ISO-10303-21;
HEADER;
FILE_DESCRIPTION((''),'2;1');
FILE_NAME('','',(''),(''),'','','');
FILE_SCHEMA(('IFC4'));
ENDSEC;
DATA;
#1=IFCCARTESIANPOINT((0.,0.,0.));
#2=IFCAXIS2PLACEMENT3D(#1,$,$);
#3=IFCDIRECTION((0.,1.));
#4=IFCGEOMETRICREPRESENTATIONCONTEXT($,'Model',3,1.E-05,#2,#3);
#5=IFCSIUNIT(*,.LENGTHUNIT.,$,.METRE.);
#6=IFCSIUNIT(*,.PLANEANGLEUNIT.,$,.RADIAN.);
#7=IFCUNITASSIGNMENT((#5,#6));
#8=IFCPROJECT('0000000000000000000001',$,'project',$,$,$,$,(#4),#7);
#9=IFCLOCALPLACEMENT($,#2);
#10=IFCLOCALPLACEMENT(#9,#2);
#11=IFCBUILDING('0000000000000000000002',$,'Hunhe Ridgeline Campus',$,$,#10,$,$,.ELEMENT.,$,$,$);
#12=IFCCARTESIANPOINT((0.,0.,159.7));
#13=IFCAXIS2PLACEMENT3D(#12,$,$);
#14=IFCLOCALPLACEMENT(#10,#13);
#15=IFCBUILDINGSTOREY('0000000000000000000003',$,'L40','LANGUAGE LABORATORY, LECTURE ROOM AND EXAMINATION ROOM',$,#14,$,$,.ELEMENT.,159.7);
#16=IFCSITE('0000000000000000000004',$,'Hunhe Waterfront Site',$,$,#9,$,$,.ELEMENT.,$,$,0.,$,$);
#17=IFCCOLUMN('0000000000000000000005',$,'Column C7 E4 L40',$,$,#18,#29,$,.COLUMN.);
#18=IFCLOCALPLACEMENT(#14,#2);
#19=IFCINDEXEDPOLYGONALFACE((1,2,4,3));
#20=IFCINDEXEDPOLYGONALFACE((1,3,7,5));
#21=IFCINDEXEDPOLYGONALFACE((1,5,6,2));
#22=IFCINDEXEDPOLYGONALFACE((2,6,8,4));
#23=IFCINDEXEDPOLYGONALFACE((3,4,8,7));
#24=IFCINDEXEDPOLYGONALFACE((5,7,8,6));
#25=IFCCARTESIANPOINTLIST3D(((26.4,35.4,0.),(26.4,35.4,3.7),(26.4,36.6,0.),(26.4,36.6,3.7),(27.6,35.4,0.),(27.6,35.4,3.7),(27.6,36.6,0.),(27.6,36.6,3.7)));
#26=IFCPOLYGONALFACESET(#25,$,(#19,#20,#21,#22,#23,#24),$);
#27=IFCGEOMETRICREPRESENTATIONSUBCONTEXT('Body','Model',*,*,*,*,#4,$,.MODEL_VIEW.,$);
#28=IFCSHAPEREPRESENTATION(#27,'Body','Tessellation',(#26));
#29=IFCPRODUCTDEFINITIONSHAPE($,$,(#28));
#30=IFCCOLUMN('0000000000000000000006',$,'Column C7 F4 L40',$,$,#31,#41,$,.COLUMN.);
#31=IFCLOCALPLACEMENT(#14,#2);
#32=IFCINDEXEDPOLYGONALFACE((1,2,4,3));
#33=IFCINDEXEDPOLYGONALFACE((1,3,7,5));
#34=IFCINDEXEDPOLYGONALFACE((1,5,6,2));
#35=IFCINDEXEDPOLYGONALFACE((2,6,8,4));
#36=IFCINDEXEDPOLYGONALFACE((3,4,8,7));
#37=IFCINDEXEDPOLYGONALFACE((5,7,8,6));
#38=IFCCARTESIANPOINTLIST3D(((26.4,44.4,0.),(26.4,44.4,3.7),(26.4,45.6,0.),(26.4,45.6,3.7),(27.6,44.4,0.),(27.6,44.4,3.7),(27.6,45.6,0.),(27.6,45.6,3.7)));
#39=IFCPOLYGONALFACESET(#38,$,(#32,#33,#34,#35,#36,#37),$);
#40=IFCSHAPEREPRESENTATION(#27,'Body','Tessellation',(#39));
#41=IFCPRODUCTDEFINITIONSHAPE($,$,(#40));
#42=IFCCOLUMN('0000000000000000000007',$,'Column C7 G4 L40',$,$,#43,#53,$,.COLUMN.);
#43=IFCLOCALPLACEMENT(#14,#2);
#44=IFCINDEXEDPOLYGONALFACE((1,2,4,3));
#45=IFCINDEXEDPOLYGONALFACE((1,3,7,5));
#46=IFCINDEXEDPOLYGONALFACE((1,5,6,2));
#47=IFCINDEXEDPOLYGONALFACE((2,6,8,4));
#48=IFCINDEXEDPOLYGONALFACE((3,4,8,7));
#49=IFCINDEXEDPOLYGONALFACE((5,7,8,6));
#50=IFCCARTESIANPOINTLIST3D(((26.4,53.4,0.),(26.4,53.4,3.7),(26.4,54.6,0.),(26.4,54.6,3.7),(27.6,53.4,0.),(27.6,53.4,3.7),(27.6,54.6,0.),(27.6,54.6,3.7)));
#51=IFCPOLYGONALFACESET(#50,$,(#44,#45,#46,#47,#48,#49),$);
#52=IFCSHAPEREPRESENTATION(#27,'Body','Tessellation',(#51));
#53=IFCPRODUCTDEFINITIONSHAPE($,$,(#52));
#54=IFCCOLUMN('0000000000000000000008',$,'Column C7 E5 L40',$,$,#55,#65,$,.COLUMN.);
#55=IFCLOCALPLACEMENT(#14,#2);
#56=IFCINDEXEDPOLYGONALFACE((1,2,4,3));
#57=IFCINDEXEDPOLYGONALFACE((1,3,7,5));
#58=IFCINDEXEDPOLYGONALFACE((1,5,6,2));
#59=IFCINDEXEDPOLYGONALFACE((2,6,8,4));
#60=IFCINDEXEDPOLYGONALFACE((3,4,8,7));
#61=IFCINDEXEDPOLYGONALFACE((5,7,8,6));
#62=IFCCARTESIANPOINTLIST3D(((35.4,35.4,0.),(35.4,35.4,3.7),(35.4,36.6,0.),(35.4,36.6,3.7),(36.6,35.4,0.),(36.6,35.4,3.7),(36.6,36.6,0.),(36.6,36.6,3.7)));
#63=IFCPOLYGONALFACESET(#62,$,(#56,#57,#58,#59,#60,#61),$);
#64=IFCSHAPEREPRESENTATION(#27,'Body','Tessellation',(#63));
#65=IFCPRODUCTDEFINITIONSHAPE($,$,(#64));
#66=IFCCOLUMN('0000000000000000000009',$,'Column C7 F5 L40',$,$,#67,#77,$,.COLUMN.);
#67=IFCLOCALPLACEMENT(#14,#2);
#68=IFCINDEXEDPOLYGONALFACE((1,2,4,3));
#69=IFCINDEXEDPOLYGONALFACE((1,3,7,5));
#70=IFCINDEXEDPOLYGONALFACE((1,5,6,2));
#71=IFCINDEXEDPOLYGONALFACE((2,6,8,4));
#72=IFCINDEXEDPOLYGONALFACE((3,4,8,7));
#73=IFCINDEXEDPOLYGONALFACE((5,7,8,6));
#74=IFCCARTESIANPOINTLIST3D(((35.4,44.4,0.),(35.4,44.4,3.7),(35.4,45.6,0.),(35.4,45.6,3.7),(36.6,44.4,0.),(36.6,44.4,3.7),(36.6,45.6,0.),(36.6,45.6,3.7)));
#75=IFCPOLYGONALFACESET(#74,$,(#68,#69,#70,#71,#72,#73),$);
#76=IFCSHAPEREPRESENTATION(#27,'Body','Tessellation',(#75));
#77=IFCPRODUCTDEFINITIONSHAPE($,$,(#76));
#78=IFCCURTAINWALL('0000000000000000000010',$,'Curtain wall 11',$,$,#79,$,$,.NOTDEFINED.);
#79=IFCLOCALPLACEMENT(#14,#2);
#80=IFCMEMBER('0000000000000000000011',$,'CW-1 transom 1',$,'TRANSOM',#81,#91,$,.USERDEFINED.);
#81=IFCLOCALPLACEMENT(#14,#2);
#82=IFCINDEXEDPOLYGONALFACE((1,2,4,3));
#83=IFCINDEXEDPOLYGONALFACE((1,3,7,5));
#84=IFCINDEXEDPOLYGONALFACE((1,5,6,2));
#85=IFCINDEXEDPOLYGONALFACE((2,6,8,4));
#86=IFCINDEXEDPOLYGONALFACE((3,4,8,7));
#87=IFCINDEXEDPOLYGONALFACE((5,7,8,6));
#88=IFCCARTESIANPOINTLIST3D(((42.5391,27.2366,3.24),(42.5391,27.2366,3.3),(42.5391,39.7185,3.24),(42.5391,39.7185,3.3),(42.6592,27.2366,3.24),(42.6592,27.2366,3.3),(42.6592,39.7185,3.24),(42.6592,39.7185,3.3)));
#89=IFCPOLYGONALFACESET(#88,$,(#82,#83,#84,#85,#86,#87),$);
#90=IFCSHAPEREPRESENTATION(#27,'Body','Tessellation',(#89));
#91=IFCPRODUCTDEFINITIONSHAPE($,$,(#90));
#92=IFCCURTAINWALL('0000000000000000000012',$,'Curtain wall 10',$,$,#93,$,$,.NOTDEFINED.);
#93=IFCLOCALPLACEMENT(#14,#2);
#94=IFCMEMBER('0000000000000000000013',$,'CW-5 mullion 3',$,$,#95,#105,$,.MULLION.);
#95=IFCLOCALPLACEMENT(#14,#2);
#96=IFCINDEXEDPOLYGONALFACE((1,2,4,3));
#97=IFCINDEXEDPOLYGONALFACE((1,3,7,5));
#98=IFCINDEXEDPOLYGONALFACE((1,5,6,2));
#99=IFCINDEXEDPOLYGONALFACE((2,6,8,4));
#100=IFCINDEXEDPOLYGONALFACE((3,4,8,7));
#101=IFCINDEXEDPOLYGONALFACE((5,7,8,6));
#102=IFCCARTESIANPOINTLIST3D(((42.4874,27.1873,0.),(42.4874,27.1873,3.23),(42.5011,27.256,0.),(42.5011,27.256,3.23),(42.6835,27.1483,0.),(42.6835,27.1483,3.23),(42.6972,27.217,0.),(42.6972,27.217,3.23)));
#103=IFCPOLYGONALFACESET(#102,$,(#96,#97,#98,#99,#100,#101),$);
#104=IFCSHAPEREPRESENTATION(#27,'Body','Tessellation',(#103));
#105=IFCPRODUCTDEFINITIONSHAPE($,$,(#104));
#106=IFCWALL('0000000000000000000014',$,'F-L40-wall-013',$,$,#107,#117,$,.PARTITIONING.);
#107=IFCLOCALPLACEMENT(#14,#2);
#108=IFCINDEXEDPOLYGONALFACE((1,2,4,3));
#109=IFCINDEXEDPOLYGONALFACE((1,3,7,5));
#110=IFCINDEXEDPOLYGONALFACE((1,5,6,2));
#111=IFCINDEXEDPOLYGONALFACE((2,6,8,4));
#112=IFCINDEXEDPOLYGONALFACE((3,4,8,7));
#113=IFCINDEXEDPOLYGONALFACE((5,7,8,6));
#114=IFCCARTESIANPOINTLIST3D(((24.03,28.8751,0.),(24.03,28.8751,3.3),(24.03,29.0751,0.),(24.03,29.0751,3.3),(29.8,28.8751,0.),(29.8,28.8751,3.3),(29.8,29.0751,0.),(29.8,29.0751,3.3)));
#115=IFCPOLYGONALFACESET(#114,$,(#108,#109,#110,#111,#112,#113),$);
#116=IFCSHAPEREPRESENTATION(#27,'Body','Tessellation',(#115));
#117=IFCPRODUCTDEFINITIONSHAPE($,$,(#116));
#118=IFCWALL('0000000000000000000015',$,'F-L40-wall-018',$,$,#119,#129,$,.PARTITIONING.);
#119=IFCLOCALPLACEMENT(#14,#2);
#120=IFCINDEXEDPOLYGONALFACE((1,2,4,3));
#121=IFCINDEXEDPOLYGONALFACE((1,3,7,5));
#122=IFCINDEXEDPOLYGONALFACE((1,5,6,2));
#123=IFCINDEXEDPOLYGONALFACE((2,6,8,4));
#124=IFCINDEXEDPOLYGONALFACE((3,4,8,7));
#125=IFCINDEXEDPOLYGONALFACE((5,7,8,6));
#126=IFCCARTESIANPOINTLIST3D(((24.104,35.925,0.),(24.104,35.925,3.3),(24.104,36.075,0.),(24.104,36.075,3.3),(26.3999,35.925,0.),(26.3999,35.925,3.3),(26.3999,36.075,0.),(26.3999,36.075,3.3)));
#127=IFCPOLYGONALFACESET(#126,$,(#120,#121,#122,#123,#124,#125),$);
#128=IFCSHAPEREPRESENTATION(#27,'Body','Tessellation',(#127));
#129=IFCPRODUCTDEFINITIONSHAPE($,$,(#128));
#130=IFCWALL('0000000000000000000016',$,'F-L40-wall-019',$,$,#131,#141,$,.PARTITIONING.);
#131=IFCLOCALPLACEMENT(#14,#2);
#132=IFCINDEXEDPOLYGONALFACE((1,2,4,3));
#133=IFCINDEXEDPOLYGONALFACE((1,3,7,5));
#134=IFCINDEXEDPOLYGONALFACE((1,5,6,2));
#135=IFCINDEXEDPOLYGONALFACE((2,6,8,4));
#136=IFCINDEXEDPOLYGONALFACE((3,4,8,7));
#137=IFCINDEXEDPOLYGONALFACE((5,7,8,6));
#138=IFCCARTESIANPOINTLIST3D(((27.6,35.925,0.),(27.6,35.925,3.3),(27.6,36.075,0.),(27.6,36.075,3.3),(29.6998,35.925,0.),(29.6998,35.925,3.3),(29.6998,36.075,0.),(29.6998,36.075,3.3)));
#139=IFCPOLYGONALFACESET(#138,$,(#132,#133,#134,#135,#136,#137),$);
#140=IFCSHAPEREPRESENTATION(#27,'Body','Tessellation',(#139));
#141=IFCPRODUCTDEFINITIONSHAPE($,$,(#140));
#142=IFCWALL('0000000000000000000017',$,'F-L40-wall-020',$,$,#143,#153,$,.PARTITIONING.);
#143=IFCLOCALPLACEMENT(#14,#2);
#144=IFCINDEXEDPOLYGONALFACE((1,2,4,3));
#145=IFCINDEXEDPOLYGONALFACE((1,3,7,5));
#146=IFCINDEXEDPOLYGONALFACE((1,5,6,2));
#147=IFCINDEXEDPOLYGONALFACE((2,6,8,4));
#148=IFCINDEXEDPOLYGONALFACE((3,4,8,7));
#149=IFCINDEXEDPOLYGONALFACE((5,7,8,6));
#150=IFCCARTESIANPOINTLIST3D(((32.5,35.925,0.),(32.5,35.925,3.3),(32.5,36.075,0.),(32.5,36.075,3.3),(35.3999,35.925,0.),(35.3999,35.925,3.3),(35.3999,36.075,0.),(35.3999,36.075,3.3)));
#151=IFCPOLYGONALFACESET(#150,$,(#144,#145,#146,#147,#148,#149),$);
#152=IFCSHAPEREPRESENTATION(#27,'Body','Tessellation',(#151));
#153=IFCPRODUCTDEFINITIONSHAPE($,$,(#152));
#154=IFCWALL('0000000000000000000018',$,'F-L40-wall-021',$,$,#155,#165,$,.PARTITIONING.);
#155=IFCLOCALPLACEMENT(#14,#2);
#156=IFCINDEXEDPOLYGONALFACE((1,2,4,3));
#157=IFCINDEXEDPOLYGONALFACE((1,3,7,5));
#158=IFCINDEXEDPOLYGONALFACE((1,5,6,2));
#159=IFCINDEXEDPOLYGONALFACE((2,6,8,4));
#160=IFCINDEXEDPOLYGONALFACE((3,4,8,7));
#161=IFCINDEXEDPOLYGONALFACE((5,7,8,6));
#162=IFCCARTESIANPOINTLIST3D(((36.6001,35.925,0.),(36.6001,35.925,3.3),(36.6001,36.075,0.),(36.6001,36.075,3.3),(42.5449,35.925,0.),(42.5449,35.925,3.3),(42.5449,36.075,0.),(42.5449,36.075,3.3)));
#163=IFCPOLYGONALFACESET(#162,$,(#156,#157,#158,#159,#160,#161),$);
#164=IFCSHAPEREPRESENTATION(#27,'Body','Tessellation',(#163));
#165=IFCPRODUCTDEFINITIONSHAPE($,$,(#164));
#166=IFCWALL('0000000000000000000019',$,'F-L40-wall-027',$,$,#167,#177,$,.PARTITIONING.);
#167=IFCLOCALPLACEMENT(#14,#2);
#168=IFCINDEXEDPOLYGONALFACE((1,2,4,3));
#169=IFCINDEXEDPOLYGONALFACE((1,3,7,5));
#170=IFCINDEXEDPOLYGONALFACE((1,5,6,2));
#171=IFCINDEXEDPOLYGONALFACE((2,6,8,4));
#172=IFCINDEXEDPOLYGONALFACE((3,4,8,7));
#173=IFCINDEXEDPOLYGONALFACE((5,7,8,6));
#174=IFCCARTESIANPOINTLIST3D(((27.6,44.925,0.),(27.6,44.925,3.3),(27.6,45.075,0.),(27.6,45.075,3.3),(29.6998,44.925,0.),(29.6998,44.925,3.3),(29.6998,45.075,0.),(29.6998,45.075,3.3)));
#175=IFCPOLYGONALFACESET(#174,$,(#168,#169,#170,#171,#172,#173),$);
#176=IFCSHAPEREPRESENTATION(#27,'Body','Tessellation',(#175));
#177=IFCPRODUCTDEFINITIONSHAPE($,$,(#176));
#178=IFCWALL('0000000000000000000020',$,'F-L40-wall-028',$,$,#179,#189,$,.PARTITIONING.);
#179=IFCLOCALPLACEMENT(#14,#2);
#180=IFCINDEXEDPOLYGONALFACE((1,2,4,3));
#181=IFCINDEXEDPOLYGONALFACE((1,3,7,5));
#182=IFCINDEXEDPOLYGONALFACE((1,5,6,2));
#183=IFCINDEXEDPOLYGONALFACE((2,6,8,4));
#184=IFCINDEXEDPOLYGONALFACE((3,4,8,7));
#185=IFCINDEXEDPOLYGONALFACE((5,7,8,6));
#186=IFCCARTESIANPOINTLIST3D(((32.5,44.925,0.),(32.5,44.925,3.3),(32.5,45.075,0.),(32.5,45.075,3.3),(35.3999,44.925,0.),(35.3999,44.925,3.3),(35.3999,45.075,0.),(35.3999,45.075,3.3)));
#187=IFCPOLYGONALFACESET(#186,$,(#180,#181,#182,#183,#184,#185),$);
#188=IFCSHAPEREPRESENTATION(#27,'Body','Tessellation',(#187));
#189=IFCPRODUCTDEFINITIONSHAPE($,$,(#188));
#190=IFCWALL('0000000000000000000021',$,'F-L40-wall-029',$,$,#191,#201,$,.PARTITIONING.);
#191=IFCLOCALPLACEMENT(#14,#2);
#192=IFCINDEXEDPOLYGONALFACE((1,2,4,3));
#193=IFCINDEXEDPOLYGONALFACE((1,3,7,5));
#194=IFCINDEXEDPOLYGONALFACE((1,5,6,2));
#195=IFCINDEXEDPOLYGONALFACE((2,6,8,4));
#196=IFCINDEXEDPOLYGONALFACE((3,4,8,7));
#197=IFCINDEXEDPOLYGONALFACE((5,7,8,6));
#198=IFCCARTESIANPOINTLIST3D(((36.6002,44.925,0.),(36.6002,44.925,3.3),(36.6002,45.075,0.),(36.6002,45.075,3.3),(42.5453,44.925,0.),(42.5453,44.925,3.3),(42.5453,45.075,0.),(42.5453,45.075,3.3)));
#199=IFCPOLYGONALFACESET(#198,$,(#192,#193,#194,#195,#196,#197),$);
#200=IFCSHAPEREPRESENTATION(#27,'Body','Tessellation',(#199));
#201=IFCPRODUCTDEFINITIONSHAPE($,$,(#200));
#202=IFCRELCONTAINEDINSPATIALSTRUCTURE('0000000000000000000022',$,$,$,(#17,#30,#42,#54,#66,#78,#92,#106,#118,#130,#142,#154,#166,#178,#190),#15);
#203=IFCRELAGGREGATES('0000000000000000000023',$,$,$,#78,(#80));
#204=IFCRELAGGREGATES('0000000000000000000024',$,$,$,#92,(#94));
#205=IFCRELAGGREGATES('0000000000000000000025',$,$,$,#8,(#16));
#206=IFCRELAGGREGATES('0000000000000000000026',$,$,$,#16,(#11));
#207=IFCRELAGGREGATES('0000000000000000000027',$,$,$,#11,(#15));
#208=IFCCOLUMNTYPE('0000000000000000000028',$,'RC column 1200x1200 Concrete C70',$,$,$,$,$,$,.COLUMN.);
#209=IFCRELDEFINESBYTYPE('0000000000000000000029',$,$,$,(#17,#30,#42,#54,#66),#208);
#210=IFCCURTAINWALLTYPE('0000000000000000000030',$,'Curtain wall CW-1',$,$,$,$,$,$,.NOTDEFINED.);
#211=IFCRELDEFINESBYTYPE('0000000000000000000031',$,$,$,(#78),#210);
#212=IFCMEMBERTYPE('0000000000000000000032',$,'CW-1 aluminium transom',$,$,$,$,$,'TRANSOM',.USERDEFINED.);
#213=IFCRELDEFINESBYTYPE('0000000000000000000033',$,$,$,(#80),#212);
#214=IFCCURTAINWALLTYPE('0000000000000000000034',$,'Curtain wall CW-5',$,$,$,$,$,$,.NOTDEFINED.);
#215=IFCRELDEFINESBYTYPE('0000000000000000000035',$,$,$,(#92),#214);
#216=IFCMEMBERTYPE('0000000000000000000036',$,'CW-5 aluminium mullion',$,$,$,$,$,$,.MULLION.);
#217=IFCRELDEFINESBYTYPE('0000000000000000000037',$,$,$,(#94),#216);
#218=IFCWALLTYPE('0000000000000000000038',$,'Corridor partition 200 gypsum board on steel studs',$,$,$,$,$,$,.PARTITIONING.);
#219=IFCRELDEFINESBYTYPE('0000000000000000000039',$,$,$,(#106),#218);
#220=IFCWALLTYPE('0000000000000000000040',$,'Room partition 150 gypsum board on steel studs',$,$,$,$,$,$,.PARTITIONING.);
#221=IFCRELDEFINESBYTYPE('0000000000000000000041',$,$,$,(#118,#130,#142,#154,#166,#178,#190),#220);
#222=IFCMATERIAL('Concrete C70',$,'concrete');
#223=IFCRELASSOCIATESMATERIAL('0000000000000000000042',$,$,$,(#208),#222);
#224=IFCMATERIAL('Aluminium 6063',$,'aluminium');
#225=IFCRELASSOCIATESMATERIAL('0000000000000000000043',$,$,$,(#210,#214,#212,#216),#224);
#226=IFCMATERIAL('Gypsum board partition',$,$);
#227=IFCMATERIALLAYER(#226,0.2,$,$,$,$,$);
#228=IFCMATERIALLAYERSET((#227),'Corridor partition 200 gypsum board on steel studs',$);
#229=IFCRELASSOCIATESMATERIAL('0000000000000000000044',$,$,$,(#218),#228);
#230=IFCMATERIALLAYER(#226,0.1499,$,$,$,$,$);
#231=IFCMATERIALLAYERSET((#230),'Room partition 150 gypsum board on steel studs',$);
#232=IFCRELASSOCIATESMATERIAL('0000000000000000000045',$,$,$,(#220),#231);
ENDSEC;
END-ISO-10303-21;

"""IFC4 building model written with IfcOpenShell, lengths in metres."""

from ifc_helpers import new_model, si_unit, direction, frame, frame_2d, origin, origin_2d, place, context, subcontext, project, spatial, rectangle, extrude, material, layer, layer_set, material_profile, profile_set, type_object, element, aggregate, save


model = new_model("IFC4")

# Units and contexts
model_context = context("Model", 3, precision=1e-05, world=origin(), true_north=direction((0.0, 1.0)))
body_context = subcontext(model_context, "Body", "Model", "MODEL_VIEW")
ifc_project = project(units=[si_unit("LENGTHUNIT", "METRE"), si_unit("PLANEANGLEUNIT", "RADIAN")], contexts=[model_context])

# Site, building, storey
site_placement = place(None, origin())
site = spatial("IfcSite", under=ifc_project, at=site_placement, Name="Hunhe Waterfront Site", CompositionType="ELEMENT", RefElevation=0.0)
building_placement = place(site_placement, origin())
building = spatial("IfcBuilding", under=site, at=building_placement, Name="Hunhe Ridgeline Campus", CompositionType="ELEMENT")
storey_placement = place(building_placement, frame((0.0, 0.0, 159.7)))
storey = spatial("IfcBuildingStorey", under=building, at=storey_placement, Name="L40", Description="LANGUAGE LABORATORY, LECTURE ROOM AND EXAMINATION ROOM", CompositionType="ELEMENT", Elevation=159.7)

# Columns
ifc_material_1 = material(Name="Concrete C70", Category="concrete")
ifc_material_profile_1 = material_profile(ifc_material_1, rectangle(XDim=1.2, YDim=1.2, at=origin_2d()))
ifc_profile_set_1 = profile_set([ifc_material_profile_1], Name="Concrete C70")
column_type = type_object("IfcColumnType", Name="RC column 1200x1200 Concrete C70", PredefinedType="COLUMN", material=ifc_profile_set_1)
for number, where, z_axis, x_axis, name in (
    (1, (27.0, 36.0, 0.0), (0.0, 0.0, 1.0), (1.0, 0.0, 0.0), "Column C7 E4 L40"),
    (2, (27.0, 45.0, 0.0), (0.0, 0.0, 1.0), (1.0, 0.0, 0.0), "Column C7 F4 L40"),
    (3, (27.0, 54.0, 0.0), (0.0, 0.0, 1.0), (1.0, 0.0, 0.0), "Column C7 G4 L40"),
    (4, (36.0, 36.0, 0.0), (0.0, 0.0, 1.0), (1.0, 0.0, 0.0), "Column C7 E5 L40"),
    (5, (36.0, 45.0, 0.0), (0.0, 0.0, 1.0), (1.0, 0.0, 0.0), "Column C7 F5 L40"),
):
    element("IfcColumn", number, at=place(storey_placement, frame(where, z_axis=z_axis, x_axis=x_axis)), inside=storey, type_object=column_type, Name=name, PredefinedType="COLUMN", context=body_context, shape_type="SweptSolid", body=[
        extrude(rectangle(XDim=1.2, YDim=1.2, at=origin_2d()), origin(), (0.0, 0.0, 1.0), 3.7),
    ])

# Curtain walls, members
ifc_material_2 = material(Name="Aluminium 6063", Category="aluminium")
curtain_wall_type_1 = type_object("IfcCurtainWallType", Name="Curtain wall CW-1", PredefinedType="NOTDEFINED", material=ifc_material_2)
curtain_wall_1_placement = place(storey_placement, origin())
curtain_wall_1 = element("IfcCurtainWall", 6, at=curtain_wall_1_placement, inside=storey, type_object=curtain_wall_type_1, Name="Curtain wall 11", PredefinedType="NOTDEFINED")
ifc_material_profile_2 = material_profile(ifc_material_2, rectangle(XDim=0.1201, YDim=0.0601, at=origin_2d()))
ifc_profile_set_2 = profile_set([ifc_material_profile_2], Name="Aluminium 6063")
member_type_1 = type_object("IfcMemberType", Name="CW-1 aluminium transom", ElementType="TRANSOM", PredefinedType="USERDEFINED", material=ifc_profile_set_2)
member_1_placement = place(storey_placement, frame((42.5991, 27.2366, 3.27), z_axis=(0.0, 1.0, 0.0), x_axis=(-1.0, 0.0, 0.0)))
member_1 = element("IfcMember", 7, at=member_1_placement, type_object=member_type_1, Name="CW-1 transom 1", ObjectType="TRANSOM", PredefinedType="USERDEFINED", context=body_context, shape_type="SweptSolid", body=[
    extrude(rectangle(XDim=0.1201, YDim=0.0601, at=origin_2d()), origin(), (0.0, 0.0, 1.0), 12.4819),
])
aggregate(curtain_wall_1, [member_1])
curtain_wall_type_2 = type_object("IfcCurtainWallType", Name="Curtain wall CW-5", PredefinedType="NOTDEFINED", material=ifc_material_2)
curtain_wall_2_placement = place(storey_placement, origin())
curtain_wall_2 = element("IfcCurtainWall", 8, at=curtain_wall_2_placement, inside=storey, type_object=curtain_wall_type_2, Name="Curtain wall 10", PredefinedType="NOTDEFINED")
ifc_material_profile_3 = material_profile(ifc_material_2, rectangle(XDim=0.2, YDim=0.0701, at=origin_2d()))
ifc_profile_set_3 = profile_set([ifc_material_profile_3], Name="Aluminium 6063")
member_type_2 = type_object("IfcMemberType", Name="CW-5 aluminium mullion", PredefinedType="MULLION", material=ifc_profile_set_3)
member_2_placement = place(storey_placement, frame((42.5923, 27.2021, 0.0), z_axis=(0.0, 0.0, 1.0), x_axis=(-0.980785, 0.19509, 0.0)))
member_2 = element("IfcMember", 9, at=member_2_placement, type_object=member_type_2, Name="CW-5 mullion 3", PredefinedType="MULLION", context=body_context, shape_type="SweptSolid", body=[
    extrude(rectangle(XDim=0.2, YDim=0.0701, at=origin_2d()), origin(), (0.0, 0.0, 1.0), 3.23),
])
aggregate(curtain_wall_2, [member_2])

# Wall
ifc_material_3 = material(Name="Gypsum board partition")
ifc_layer_1 = layer(ifc_material_3, 0.2)
ifc_layer_set_1 = layer_set([ifc_layer_1], Name="Corridor partition 200 gypsum board on steel studs")
wall_type_1 = type_object("IfcWallType", Name="Corridor partition 200 gypsum board on steel studs", PredefinedType="PARTITIONING", material=ifc_layer_set_1)
wall_1_placement = place(storey_placement, frame((29.8, 28.9751, 0.0), z_axis=(0.0, 0.0, 1.0), x_axis=(-1.0, 0.0, 0.0)))
element("IfcWall", 10, at=wall_1_placement, inside=storey, type_object=wall_type_1, Name="F-L40-wall-013", PredefinedType="PARTITIONING", context=body_context, shape_type="SweptSolid", body=[
    extrude(rectangle(XDim=5.77, YDim=0.2, at=frame_2d((2.885, 0.0))), origin(), (0.0, 0.0, 1.0), 3.3),
])

# Walls
ifc_layer_2 = layer(ifc_material_3, 0.1499)
ifc_layer_set_2 = layer_set([ifc_layer_2], Name="Room partition 150 gypsum board on steel studs")
wall_type_2 = type_object("IfcWallType", Name="Room partition 150 gypsum board on steel studs", PredefinedType="PARTITIONING", material=ifc_layer_set_2)
wall_2_placement = place(storey_placement, frame((24.104, 36.0, 0.0), z_axis=(0.0, 0.0, 1.0), x_axis=(1.0, 0.0, 0.0)))
element("IfcWall", 11, at=wall_2_placement, inside=storey, type_object=wall_type_2, Name="F-L40-wall-018", PredefinedType="PARTITIONING", context=body_context, shape_type="SweptSolid", body=[
    extrude(rectangle(XDim=2.2959, YDim=0.1499, at=frame_2d((1.1479, 0.0))), origin(), (0.0, 0.0, 1.0), 3.3),
])
wall_3_placement = place(storey_placement, frame((27.6001, 36.0, 0.0), z_axis=(0.0, 0.0, 1.0), x_axis=(1.0, 0.0, 0.0)))
element("IfcWall", 12, at=wall_3_placement, inside=storey, type_object=wall_type_2, Name="F-L40-wall-019", PredefinedType="PARTITIONING", context=body_context, shape_type="SweptSolid", body=[
    extrude(rectangle(XDim=2.0999, YDim=0.1499, at=frame_2d((1.0498, 0.0))), origin(), (0.0, 0.0, 1.0), 3.3),
])
wall_4_placement = place(storey_placement, frame((32.5, 36.0, 0.0), z_axis=(0.0, 0.0, 1.0), x_axis=(1.0, 0.0, 0.0)))
element("IfcWall", 13, at=wall_4_placement, inside=storey, type_object=wall_type_2, Name="F-L40-wall-020", PredefinedType="PARTITIONING", context=body_context, shape_type="SweptSolid", body=[
    extrude(rectangle(XDim=2.8999, YDim=0.1499, at=frame_2d((1.45, 0.0))), origin(), (0.0, 0.0, 1.0), 3.3),
])
wall_5_placement = place(storey_placement, frame((36.6001, 36.0, 0.0), z_axis=(0.0, 0.0, 1.0), x_axis=(1.0, 0.0, 0.0)))
element("IfcWall", 14, at=wall_5_placement, inside=storey, type_object=wall_type_2, Name="F-L40-wall-021", PredefinedType="PARTITIONING", context=body_context, shape_type="SweptSolid", body=[
    extrude(rectangle(XDim=5.9448, YDim=0.1499, at=frame_2d((2.9724, 0.0))), origin(), (0.0, 0.0, 1.0), 3.3),
])
wall_6_placement = place(storey_placement, frame((27.6001, 45.0, 0.0), z_axis=(0.0, 0.0, 1.0), x_axis=(1.0, 0.0, 0.0)))
element("IfcWall", 15, at=wall_6_placement, inside=storey, type_object=wall_type_2, Name="F-L40-wall-027", PredefinedType="PARTITIONING", context=body_context, shape_type="SweptSolid", body=[
    extrude(rectangle(XDim=2.0999, YDim=0.1499, at=frame_2d((1.0498, 0.0))), origin(), (0.0, 0.0, 1.0), 3.3),
])
wall_7_placement = place(storey_placement, frame((32.5, 45.0, 0.0), z_axis=(0.0, 0.0, 1.0), x_axis=(1.0, 0.0, 0.0)))
element("IfcWall", 16, at=wall_7_placement, inside=storey, type_object=wall_type_2, Name="F-L40-wall-028", PredefinedType="PARTITIONING", context=body_context, shape_type="SweptSolid", body=[
    extrude(rectangle(XDim=2.8999, YDim=0.1499, at=frame_2d((1.45, 0.0))), origin(), (0.0, 0.0, 1.0), 3.3),
])
wall_8_placement = place(storey_placement, frame((36.6001, 45.0, 0.0), z_axis=(0.0, 0.0, 1.0), x_axis=(1.0, 0.0, 0.0)))
element("IfcWall", 17, at=wall_8_placement, inside=storey, type_object=wall_type_2, Name="F-L40-wall-029", PredefinedType="PARTITIONING", context=body_context, shape_type="SweptSolid", body=[
    extrude(rectangle(XDim=5.9451, YDim=0.1499, at=frame_2d((2.9727, 0.0))), origin(), (0.0, 0.0, 1.0), 3.3),
])

save(model, "model.ifc")
